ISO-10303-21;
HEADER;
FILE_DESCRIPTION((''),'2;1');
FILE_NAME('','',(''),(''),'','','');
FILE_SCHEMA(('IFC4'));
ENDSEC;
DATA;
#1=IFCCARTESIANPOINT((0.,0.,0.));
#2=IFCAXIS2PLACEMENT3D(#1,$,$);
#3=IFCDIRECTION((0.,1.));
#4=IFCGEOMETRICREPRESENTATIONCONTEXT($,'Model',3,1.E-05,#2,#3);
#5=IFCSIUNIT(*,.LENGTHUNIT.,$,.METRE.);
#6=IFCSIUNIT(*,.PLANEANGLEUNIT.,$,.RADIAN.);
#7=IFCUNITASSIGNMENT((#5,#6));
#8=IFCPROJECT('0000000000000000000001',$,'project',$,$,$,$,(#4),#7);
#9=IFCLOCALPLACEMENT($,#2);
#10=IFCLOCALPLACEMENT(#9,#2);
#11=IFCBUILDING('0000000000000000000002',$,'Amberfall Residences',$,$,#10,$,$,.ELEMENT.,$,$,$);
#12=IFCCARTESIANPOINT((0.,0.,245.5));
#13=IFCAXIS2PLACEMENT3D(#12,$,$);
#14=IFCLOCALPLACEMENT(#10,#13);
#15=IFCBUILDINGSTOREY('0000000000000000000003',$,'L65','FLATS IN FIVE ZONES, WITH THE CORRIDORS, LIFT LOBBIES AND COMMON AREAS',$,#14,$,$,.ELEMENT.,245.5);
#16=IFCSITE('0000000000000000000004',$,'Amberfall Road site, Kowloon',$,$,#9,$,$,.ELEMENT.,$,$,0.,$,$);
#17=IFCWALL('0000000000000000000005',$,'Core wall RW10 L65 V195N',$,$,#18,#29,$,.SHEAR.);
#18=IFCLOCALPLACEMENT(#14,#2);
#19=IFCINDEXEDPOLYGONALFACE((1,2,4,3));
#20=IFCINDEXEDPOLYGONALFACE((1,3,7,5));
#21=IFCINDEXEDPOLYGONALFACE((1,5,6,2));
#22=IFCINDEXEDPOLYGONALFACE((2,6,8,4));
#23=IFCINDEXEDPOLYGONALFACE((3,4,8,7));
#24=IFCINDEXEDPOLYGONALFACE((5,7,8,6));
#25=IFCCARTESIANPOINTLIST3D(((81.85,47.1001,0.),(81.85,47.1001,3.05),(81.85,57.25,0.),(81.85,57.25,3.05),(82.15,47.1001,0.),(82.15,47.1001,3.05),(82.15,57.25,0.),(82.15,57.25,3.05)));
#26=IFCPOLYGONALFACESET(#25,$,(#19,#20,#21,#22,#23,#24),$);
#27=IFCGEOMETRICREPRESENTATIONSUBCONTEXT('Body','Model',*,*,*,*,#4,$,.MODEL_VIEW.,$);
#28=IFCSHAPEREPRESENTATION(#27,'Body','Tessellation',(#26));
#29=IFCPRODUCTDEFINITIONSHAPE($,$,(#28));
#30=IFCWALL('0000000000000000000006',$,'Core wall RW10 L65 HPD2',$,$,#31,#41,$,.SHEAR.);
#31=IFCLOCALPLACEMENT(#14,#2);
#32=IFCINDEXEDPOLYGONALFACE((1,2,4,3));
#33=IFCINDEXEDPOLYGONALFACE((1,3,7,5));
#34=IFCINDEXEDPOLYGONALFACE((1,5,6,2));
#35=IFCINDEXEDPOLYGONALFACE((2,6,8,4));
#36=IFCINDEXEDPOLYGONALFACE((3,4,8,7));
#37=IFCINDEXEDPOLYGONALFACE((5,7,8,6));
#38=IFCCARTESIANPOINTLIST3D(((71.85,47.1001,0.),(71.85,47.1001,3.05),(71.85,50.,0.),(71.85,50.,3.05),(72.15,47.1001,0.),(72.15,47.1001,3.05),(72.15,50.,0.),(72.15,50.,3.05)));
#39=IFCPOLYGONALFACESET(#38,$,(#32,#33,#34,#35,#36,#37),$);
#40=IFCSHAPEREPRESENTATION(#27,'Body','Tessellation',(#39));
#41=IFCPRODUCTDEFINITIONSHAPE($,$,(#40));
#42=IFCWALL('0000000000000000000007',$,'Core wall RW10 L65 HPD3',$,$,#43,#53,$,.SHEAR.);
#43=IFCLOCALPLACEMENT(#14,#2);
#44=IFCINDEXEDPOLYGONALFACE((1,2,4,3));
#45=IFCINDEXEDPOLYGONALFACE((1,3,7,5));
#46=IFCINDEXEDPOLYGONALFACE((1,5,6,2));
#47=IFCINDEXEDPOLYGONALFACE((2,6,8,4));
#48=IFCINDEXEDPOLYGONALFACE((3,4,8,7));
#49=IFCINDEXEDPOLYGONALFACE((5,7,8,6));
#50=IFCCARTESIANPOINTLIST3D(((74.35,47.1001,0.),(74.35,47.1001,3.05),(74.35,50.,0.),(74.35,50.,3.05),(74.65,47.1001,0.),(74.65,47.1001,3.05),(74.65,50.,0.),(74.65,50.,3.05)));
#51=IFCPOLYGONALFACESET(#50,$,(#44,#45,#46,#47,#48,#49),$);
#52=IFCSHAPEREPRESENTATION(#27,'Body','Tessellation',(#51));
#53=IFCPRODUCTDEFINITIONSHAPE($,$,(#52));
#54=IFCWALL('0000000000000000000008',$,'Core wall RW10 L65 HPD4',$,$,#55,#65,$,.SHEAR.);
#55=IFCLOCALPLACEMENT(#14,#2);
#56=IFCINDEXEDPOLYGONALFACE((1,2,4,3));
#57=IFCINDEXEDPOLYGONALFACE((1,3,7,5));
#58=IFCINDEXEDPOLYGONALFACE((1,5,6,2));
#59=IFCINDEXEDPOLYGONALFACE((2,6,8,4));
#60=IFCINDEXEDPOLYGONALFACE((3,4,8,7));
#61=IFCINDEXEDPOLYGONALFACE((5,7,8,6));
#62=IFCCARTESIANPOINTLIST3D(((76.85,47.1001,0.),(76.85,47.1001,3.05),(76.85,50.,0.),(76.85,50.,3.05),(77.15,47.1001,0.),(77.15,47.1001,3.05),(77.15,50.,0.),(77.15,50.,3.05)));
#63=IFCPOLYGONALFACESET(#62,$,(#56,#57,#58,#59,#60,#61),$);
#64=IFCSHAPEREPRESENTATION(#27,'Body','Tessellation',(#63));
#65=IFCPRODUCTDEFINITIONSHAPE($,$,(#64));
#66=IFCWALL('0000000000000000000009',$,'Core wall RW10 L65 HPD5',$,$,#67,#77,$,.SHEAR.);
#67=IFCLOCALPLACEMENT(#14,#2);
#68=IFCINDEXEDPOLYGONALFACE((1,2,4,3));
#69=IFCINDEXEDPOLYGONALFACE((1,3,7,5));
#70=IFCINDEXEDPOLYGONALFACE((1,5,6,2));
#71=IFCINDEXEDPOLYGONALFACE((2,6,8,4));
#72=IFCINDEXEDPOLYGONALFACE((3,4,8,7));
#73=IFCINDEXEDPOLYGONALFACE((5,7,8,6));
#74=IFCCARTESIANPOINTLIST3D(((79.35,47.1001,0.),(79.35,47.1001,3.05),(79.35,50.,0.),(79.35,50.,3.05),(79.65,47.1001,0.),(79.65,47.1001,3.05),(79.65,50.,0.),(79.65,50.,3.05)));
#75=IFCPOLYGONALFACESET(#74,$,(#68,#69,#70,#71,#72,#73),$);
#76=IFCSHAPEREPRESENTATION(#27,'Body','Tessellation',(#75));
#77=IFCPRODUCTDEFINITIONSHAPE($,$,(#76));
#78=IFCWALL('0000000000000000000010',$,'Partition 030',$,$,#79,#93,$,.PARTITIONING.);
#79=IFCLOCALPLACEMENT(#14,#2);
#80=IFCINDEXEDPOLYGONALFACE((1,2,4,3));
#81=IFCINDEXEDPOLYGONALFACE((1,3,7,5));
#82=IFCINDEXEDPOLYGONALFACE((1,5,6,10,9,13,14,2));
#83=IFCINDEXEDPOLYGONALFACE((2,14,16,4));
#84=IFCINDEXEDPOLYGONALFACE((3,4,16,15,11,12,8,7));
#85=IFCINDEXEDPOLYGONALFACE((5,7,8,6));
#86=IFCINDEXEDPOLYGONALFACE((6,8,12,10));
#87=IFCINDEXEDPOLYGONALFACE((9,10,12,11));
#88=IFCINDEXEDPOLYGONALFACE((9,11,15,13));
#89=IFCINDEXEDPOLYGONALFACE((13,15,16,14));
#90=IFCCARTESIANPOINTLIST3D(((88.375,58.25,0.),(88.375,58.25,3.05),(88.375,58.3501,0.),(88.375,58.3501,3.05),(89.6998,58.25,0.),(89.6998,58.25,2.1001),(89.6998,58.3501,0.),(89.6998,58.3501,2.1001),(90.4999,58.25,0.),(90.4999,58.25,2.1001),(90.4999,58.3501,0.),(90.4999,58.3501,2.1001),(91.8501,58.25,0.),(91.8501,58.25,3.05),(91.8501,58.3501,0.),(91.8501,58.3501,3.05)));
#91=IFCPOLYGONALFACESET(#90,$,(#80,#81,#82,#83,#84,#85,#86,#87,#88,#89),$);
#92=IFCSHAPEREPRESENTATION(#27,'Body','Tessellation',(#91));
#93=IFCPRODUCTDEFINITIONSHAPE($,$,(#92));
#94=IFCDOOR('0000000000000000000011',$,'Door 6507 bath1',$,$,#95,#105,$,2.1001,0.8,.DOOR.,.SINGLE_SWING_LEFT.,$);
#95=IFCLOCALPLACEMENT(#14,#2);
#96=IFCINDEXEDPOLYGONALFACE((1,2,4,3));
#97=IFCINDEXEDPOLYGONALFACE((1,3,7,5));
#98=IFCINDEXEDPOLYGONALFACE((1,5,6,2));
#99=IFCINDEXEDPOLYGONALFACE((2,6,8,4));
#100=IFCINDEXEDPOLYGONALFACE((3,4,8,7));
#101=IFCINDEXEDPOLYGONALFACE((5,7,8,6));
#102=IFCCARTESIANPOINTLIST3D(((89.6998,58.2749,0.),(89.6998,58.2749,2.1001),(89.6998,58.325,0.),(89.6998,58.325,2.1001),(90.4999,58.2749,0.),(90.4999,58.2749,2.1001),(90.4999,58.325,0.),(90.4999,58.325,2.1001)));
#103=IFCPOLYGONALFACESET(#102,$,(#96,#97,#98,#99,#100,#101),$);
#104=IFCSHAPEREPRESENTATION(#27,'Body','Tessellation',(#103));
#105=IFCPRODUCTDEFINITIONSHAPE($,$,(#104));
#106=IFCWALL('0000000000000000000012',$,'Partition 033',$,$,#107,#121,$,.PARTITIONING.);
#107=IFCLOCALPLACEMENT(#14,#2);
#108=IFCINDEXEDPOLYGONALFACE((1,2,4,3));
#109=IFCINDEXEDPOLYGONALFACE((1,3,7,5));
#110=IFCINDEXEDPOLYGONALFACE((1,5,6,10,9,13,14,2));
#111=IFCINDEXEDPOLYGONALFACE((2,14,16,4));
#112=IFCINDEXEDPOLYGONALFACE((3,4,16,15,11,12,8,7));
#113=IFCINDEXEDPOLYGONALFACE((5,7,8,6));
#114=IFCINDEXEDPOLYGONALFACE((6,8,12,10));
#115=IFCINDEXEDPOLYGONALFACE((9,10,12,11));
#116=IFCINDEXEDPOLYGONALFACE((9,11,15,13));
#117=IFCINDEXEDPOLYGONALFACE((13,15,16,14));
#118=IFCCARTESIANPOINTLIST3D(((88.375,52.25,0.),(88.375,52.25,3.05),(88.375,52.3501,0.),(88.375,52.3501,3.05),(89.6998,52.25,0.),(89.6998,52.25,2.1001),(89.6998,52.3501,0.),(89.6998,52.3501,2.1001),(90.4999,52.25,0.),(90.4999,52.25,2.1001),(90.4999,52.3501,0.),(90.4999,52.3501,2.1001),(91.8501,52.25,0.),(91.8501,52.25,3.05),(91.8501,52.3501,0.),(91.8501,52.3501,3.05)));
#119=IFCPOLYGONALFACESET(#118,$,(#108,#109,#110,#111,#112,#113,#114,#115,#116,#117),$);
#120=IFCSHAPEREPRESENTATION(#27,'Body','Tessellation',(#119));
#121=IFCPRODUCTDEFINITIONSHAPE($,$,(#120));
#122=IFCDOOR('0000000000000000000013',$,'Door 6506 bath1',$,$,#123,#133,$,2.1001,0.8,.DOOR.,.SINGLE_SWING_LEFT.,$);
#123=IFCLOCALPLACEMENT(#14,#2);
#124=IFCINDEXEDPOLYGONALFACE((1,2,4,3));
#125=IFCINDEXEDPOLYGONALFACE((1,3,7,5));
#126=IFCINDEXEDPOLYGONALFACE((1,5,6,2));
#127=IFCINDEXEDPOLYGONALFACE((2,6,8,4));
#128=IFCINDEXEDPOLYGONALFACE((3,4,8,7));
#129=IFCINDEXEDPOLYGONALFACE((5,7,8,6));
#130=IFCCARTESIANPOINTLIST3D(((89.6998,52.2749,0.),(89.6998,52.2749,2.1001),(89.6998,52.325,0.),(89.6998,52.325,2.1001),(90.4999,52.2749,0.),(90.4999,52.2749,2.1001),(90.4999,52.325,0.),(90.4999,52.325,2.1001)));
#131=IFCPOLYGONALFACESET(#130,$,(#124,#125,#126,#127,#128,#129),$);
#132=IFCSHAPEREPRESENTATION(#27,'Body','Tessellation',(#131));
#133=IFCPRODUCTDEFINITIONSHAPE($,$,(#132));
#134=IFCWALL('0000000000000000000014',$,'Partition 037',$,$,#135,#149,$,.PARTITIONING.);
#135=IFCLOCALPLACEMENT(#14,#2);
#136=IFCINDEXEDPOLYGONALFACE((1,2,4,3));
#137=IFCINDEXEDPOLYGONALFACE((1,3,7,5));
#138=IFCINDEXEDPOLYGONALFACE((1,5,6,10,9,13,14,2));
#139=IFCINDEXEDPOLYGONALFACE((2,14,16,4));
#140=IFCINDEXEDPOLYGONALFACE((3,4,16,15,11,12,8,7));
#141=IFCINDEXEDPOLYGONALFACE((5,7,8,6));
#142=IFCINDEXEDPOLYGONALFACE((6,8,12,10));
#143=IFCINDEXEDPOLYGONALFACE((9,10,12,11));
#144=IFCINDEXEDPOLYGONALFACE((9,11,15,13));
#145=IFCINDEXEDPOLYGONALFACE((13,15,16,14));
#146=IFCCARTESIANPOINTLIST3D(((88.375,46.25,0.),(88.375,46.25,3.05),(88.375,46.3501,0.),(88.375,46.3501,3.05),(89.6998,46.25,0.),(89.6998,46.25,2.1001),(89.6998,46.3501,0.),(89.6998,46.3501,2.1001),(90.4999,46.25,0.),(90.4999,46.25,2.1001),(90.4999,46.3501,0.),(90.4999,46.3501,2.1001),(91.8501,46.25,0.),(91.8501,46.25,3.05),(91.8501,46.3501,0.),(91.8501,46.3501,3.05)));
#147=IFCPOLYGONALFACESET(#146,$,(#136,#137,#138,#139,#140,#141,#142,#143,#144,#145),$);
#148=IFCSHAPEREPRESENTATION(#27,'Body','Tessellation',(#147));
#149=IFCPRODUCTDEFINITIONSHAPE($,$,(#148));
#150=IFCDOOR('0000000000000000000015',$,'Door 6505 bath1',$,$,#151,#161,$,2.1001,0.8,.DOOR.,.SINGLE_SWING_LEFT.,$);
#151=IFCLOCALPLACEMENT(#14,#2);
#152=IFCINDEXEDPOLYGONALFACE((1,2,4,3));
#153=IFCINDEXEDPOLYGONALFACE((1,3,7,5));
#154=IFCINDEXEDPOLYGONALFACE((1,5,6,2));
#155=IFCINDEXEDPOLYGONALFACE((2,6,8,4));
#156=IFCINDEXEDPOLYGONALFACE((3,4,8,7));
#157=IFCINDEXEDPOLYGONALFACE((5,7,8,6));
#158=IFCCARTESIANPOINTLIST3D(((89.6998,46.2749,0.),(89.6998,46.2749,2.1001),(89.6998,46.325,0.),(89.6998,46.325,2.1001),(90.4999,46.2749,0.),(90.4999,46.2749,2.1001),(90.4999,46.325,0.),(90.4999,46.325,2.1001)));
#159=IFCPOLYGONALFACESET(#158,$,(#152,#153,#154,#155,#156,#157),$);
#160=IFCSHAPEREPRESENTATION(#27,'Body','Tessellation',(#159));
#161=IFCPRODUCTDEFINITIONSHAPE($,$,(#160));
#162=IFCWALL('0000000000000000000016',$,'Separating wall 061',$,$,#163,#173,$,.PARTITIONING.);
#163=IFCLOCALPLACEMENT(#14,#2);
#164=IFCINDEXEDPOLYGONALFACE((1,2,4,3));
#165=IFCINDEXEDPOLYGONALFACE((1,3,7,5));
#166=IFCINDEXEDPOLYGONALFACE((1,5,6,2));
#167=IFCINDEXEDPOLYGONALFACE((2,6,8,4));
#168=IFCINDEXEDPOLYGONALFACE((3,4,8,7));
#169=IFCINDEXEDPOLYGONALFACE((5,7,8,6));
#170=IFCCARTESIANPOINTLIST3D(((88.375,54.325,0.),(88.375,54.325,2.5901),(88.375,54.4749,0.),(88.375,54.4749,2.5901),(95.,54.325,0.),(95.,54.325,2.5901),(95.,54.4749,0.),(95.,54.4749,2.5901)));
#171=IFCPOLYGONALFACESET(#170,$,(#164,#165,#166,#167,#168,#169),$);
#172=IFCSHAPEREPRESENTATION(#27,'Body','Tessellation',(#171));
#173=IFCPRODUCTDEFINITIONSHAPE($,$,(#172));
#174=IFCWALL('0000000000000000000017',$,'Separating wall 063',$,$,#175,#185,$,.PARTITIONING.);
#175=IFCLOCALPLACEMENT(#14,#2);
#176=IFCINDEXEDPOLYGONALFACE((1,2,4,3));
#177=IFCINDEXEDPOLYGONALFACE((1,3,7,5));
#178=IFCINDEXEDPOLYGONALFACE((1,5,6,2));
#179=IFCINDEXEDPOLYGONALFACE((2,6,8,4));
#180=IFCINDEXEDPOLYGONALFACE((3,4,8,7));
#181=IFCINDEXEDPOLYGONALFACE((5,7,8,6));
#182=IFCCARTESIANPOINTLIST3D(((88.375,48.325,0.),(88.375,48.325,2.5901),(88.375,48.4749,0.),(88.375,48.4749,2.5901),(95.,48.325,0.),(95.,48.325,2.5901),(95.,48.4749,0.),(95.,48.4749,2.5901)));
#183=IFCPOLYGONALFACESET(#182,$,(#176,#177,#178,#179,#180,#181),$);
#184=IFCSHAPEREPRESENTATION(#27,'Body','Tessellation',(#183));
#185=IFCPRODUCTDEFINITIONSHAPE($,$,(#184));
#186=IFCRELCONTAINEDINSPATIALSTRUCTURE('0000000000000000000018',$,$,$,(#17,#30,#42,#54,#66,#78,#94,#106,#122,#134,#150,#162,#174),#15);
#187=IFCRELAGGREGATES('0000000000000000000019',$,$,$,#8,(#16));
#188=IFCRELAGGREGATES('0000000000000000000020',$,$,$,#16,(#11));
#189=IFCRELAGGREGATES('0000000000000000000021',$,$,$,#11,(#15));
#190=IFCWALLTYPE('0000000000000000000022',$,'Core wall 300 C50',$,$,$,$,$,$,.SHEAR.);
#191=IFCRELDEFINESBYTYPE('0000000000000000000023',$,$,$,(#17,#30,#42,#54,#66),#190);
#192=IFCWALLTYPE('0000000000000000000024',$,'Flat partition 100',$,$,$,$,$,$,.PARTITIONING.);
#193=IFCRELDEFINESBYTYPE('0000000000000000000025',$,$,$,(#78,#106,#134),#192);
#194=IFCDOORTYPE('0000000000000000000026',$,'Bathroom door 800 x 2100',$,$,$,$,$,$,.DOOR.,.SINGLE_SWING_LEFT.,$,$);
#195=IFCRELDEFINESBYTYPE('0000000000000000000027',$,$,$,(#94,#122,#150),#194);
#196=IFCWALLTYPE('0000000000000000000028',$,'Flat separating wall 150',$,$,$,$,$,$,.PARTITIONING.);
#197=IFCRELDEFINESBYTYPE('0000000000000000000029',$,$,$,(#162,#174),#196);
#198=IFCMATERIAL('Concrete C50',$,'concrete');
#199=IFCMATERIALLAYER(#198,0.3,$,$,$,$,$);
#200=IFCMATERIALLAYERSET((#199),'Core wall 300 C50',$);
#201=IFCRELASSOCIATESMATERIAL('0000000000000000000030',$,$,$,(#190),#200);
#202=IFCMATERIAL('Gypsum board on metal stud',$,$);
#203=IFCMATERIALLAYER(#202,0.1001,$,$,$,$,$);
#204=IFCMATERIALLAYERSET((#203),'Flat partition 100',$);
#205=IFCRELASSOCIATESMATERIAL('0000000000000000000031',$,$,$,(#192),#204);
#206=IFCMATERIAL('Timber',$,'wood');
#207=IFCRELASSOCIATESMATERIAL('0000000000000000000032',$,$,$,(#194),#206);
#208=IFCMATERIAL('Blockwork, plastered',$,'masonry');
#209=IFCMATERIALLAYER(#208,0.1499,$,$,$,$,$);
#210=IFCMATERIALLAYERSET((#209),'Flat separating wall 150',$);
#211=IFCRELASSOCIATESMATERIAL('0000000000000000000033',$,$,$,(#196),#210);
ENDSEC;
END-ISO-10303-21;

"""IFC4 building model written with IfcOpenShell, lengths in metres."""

from ifc_helpers import new_model, si_unit, direction, frame, frame_2d, origin, place, context, subcontext, project, spatial, rectangle, extrude, material, layer, layer_set, type_object, element, fill, save


model = new_model("IFC4")

# Units and contexts
model_context = context("Model", 3, precision=1e-05, world=origin(), true_north=direction((0.0, 1.0)))
body_context = subcontext(model_context, "Body", "Model", "MODEL_VIEW")
ifc_project = project(units=[si_unit("LENGTHUNIT", "METRE"), si_unit("PLANEANGLEUNIT", "RADIAN")], contexts=[model_context])

# Site, building, storey
site_placement = place(None, origin())
site = spatial("IfcSite", under=ifc_project, at=site_placement, Name="Amberfall Road site, Kowloon", CompositionType="ELEMENT", RefElevation=0.0)
building_placement = place(site_placement, origin())
building = spatial("IfcBuilding", under=site, at=building_placement, Name="Amberfall Residences", CompositionType="ELEMENT")
storey_placement = place(building_placement, frame((0.0, 0.0, 245.5)))
storey = spatial("IfcBuildingStorey", under=building, at=storey_placement, Name="L65", Description="FLATS IN FIVE ZONES, WITH THE CORRIDORS, LIFT LOBBIES AND COMMON AREAS", CompositionType="ELEMENT", Elevation=245.5)

# Walls
ifc_material_1 = material(Name="Concrete C50", Category="concrete")
ifc_layer_1 = layer(ifc_material_1, 0.3)
ifc_layer_set_1 = layer_set([ifc_layer_1], Name="Core wall 300 C50")
wall_type_1 = type_object("IfcWallType", Name="Core wall 300 C50", PredefinedType="SHEAR", material=ifc_layer_set_1)
wall_1_placement = place(storey_placement, frame((82.0, 47.1001, 0.0), z_axis=(0.0, 0.0, 1.0), x_axis=(0.0, 1.0, 0.0)))
element("IfcWall", 1, at=wall_1_placement, inside=storey, type_object=wall_type_1, Name="Core wall RW10 L65 V195N", PredefinedType="SHEAR", context=body_context, shape_type="SweptSolid", body=[
    extrude(rectangle(XDim=10.1499, YDim=0.3, at=frame_2d((5.075, 0.0))), origin(), (0.0, 0.0, 1.0), 3.05),
])
for number, where, z_axis, x_axis, name in (
    (2, (72.0, 47.1001, 0.0), (0.0, 0.0, 1.0), (0.0, 1.0, 0.0), "Core wall RW10 L65 HPD2"),
    (3, (74.5, 47.1001, 0.0), (0.0, 0.0, 1.0), (0.0, 1.0, 0.0), "Core wall RW10 L65 HPD3"),
    (4, (77.0, 47.1001, 0.0), (0.0, 0.0, 1.0), (0.0, 1.0, 0.0), "Core wall RW10 L65 HPD4"),
    (5, (79.5, 47.1001, 0.0), (0.0, 0.0, 1.0), (0.0, 1.0, 0.0), "Core wall RW10 L65 HPD5"),
):
    element("IfcWall", number, at=place(storey_placement, frame(where, z_axis=z_axis, x_axis=x_axis)), inside=storey, type_object=wall_type_1, Name=name, PredefinedType="SHEAR", context=body_context, shape_type="SweptSolid", body=[
        extrude(rectangle(XDim=2.8999, YDim=0.3, at=frame_2d((1.45, 0.0))), origin(), (0.0, 0.0, 1.0), 3.05),
    ])

# Walls, openings, doors
ifc_material_2 = material(Name="Gypsum board on metal stud")
ifc_layer_2 = layer(ifc_material_2, 0.1001)
ifc_layer_set_2 = layer_set([ifc_layer_2], Name="Flat partition 100")
wall_type_2 = type_object("IfcWallType", Name="Flat partition 100", PredefinedType="PARTITIONING", material=ifc_layer_set_2)
wall_2_placement = place(storey_placement, frame((88.375, 58.3, 0.0), z_axis=(0.0, 0.0, 1.0), x_axis=(1.0, 0.0, 0.0)))
wall_2 = element("IfcWall", 6, at=wall_2_placement, inside=storey, type_object=wall_type_2, Name="Partition 030", PredefinedType="PARTITIONING", context=body_context, shape_type="SweptSolid", body=[
    extrude(rectangle(XDim=3.4751, YDim=0.1001, at=frame_2d((1.7375, 0.0))), origin(), (0.0, 0.0, 1.0), 3.05),
])
opening_1_placement = place(wall_2_placement, frame((1.325, 0.0, 0.0)))
opening_1 = element("IfcOpeningElement", 7, at=opening_1_placement, cuts=wall_2, PredefinedType="OPENING", context=body_context, shape_type="SweptSolid", body=[
    extrude(rectangle(XDim=0.8, YDim=2.1001, at=frame_2d((0.3999, 1.05))), frame((0.0, 0.0601, 0.0), z_axis=(0.0, -1.0, 0.0), x_axis=(1.0, 0.0, 0.0)), (0.0, 0.0, 1.0), 0.1201),
])
ifc_material_3 = material(Name="Timber", Category="wood")
door_type = type_object("IfcDoorType", Name="Bathroom door 800 x 2100", OperationType="SINGLE_SWING_LEFT", PredefinedType="DOOR", material=ifc_material_3)
door_1_placement = place(opening_1_placement, origin())
door_1 = element("IfcDoor", 8, at=door_1_placement, inside=storey, type_object=door_type, Name="Door 6507 bath1", OperationType="SINGLE_SWING_LEFT", OverallHeight=2.1001, OverallWidth=0.8, PredefinedType="DOOR", context=body_context, shape_type="SweptSolid", body=[
    extrude(rectangle(XDim=0.8, YDim=2.1001, at=frame_2d((0.3999, 1.05))), frame((0.0, 0.0249, 0.0), z_axis=(0.0, -1.0, 0.0), x_axis=(1.0, 0.0, 0.0)), (0.0, 0.0, 1.0), 0.05),
])
fill(opening_1, door_1)
wall_3_placement = place(storey_placement, frame((88.375, 52.3, 0.0), z_axis=(0.0, 0.0, 1.0), x_axis=(1.0, 0.0, 0.0)))
wall_3 = element("IfcWall", 9, at=wall_3_placement, inside=storey, type_object=wall_type_2, Name="Partition 033", PredefinedType="PARTITIONING", context=body_context, shape_type="SweptSolid", body=[
    extrude(rectangle(XDim=3.4751, YDim=0.1001, at=frame_2d((1.7375, 0.0))), origin(), (0.0, 0.0, 1.0), 3.05),
])
opening_2_placement = place(wall_3_placement, frame((1.325, 0.0, 0.0)))
opening_2 = element("IfcOpeningElement", 10, at=opening_2_placement, cuts=wall_3, PredefinedType="OPENING", context=body_context, shape_type="SweptSolid", body=[
    extrude(rectangle(XDim=0.8, YDim=2.1001, at=frame_2d((0.3999, 1.05))), frame((0.0, 0.0601, 0.0), z_axis=(0.0, -1.0, 0.0), x_axis=(1.0, 0.0, 0.0)), (0.0, 0.0, 1.0), 0.1201),
])
door_2_placement = place(opening_2_placement, origin())
door_2 = element("IfcDoor", 11, at=door_2_placement, inside=storey, type_object=door_type, Name="Door 6506 bath1", OperationType="SINGLE_SWING_LEFT", OverallHeight=2.1001, OverallWidth=0.8, PredefinedType="DOOR", context=body_context, shape_type="SweptSolid", body=[
    extrude(rectangle(XDim=0.8, YDim=2.1001, at=frame_2d((0.3999, 1.05))), frame((0.0, 0.0249, 0.0), z_axis=(0.0, -1.0, 0.0), x_axis=(1.0, 0.0, 0.0)), (0.0, 0.0, 1.0), 0.05),
])
fill(opening_2, door_2)
wall_4_placement = place(storey_placement, frame((88.375, 46.3, 0.0), z_axis=(0.0, 0.0, 1.0), x_axis=(1.0, 0.0, 0.0)))
wall_4 = element("IfcWall", 12, at=wall_4_placement, inside=storey, type_object=wall_type_2, Name="Partition 037", PredefinedType="PARTITIONING", context=body_context, shape_type="SweptSolid", body=[
    extrude(rectangle(XDim=3.4751, YDim=0.1001, at=frame_2d((1.7375, 0.0))), origin(), (0.0, 0.0, 1.0), 3.05),
])
opening_3_placement = place(wall_4_placement, frame((1.325, 0.0, 0.0)))
opening_3 = element("IfcOpeningElement", 13, at=opening_3_placement, cuts=wall_4, PredefinedType="OPENING", context=body_context, shape_type="SweptSolid", body=[
    extrude(rectangle(XDim=0.8, YDim=2.1001, at=frame_2d((0.3999, 1.05))), frame((0.0, 0.0601, 0.0), z_axis=(0.0, -1.0, 0.0), x_axis=(1.0, 0.0, 0.0)), (0.0, 0.0, 1.0), 0.1201),
])
door_3_placement = place(opening_3_placement, origin())
door_3 = element("IfcDoor", 14, at=door_3_placement, inside=storey, type_object=door_type, Name="Door 6505 bath1", OperationType="SINGLE_SWING_LEFT", OverallHeight=2.1001, OverallWidth=0.8, PredefinedType="DOOR", context=body_context, shape_type="SweptSolid", body=[
    extrude(rectangle(XDim=0.8, YDim=2.1001, at=frame_2d((0.3999, 1.05))), frame((0.0, 0.0249, 0.0), z_axis=(0.0, -1.0, 0.0), x_axis=(1.0, 0.0, 0.0)), (0.0, 0.0, 1.0), 0.05),
])
fill(opening_3, door_3)

# Walls
ifc_material_4 = material(Name="Blockwork, plastered", Category="masonry")
ifc_layer_3 = layer(ifc_material_4, 0.1499)
ifc_layer_set_3 = layer_set([ifc_layer_3], Name="Flat separating wall 150")
wall_type_3 = type_object("IfcWallType", Name="Flat separating wall 150", PredefinedType="PARTITIONING", material=ifc_layer_set_3)
for number, where, z_axis, x_axis, name in (
    (15, (88.375, 54.3999, 0.0), (0.0, 0.0, 1.0), (1.0, 0.0, 0.0), "Separating wall 061"),
    (16, (88.375, 48.3999, 0.0), (0.0, 0.0, 1.0), (1.0, 0.0, 0.0), "Separating wall 063"),
):
    element("IfcWall", number, at=place(storey_placement, frame(where, z_axis=z_axis, x_axis=x_axis)), inside=storey, type_object=wall_type_3, Name=name, PredefinedType="PARTITIONING", context=body_context, shape_type="SweptSolid", body=[
        extrude(rectangle(XDim=6.625, YDim=0.1499, at=frame_2d((3.3125, 0.0))), origin(), (0.0, 0.0, 1.0), 2.5901),
    ])

save(model, "model.ifc")
